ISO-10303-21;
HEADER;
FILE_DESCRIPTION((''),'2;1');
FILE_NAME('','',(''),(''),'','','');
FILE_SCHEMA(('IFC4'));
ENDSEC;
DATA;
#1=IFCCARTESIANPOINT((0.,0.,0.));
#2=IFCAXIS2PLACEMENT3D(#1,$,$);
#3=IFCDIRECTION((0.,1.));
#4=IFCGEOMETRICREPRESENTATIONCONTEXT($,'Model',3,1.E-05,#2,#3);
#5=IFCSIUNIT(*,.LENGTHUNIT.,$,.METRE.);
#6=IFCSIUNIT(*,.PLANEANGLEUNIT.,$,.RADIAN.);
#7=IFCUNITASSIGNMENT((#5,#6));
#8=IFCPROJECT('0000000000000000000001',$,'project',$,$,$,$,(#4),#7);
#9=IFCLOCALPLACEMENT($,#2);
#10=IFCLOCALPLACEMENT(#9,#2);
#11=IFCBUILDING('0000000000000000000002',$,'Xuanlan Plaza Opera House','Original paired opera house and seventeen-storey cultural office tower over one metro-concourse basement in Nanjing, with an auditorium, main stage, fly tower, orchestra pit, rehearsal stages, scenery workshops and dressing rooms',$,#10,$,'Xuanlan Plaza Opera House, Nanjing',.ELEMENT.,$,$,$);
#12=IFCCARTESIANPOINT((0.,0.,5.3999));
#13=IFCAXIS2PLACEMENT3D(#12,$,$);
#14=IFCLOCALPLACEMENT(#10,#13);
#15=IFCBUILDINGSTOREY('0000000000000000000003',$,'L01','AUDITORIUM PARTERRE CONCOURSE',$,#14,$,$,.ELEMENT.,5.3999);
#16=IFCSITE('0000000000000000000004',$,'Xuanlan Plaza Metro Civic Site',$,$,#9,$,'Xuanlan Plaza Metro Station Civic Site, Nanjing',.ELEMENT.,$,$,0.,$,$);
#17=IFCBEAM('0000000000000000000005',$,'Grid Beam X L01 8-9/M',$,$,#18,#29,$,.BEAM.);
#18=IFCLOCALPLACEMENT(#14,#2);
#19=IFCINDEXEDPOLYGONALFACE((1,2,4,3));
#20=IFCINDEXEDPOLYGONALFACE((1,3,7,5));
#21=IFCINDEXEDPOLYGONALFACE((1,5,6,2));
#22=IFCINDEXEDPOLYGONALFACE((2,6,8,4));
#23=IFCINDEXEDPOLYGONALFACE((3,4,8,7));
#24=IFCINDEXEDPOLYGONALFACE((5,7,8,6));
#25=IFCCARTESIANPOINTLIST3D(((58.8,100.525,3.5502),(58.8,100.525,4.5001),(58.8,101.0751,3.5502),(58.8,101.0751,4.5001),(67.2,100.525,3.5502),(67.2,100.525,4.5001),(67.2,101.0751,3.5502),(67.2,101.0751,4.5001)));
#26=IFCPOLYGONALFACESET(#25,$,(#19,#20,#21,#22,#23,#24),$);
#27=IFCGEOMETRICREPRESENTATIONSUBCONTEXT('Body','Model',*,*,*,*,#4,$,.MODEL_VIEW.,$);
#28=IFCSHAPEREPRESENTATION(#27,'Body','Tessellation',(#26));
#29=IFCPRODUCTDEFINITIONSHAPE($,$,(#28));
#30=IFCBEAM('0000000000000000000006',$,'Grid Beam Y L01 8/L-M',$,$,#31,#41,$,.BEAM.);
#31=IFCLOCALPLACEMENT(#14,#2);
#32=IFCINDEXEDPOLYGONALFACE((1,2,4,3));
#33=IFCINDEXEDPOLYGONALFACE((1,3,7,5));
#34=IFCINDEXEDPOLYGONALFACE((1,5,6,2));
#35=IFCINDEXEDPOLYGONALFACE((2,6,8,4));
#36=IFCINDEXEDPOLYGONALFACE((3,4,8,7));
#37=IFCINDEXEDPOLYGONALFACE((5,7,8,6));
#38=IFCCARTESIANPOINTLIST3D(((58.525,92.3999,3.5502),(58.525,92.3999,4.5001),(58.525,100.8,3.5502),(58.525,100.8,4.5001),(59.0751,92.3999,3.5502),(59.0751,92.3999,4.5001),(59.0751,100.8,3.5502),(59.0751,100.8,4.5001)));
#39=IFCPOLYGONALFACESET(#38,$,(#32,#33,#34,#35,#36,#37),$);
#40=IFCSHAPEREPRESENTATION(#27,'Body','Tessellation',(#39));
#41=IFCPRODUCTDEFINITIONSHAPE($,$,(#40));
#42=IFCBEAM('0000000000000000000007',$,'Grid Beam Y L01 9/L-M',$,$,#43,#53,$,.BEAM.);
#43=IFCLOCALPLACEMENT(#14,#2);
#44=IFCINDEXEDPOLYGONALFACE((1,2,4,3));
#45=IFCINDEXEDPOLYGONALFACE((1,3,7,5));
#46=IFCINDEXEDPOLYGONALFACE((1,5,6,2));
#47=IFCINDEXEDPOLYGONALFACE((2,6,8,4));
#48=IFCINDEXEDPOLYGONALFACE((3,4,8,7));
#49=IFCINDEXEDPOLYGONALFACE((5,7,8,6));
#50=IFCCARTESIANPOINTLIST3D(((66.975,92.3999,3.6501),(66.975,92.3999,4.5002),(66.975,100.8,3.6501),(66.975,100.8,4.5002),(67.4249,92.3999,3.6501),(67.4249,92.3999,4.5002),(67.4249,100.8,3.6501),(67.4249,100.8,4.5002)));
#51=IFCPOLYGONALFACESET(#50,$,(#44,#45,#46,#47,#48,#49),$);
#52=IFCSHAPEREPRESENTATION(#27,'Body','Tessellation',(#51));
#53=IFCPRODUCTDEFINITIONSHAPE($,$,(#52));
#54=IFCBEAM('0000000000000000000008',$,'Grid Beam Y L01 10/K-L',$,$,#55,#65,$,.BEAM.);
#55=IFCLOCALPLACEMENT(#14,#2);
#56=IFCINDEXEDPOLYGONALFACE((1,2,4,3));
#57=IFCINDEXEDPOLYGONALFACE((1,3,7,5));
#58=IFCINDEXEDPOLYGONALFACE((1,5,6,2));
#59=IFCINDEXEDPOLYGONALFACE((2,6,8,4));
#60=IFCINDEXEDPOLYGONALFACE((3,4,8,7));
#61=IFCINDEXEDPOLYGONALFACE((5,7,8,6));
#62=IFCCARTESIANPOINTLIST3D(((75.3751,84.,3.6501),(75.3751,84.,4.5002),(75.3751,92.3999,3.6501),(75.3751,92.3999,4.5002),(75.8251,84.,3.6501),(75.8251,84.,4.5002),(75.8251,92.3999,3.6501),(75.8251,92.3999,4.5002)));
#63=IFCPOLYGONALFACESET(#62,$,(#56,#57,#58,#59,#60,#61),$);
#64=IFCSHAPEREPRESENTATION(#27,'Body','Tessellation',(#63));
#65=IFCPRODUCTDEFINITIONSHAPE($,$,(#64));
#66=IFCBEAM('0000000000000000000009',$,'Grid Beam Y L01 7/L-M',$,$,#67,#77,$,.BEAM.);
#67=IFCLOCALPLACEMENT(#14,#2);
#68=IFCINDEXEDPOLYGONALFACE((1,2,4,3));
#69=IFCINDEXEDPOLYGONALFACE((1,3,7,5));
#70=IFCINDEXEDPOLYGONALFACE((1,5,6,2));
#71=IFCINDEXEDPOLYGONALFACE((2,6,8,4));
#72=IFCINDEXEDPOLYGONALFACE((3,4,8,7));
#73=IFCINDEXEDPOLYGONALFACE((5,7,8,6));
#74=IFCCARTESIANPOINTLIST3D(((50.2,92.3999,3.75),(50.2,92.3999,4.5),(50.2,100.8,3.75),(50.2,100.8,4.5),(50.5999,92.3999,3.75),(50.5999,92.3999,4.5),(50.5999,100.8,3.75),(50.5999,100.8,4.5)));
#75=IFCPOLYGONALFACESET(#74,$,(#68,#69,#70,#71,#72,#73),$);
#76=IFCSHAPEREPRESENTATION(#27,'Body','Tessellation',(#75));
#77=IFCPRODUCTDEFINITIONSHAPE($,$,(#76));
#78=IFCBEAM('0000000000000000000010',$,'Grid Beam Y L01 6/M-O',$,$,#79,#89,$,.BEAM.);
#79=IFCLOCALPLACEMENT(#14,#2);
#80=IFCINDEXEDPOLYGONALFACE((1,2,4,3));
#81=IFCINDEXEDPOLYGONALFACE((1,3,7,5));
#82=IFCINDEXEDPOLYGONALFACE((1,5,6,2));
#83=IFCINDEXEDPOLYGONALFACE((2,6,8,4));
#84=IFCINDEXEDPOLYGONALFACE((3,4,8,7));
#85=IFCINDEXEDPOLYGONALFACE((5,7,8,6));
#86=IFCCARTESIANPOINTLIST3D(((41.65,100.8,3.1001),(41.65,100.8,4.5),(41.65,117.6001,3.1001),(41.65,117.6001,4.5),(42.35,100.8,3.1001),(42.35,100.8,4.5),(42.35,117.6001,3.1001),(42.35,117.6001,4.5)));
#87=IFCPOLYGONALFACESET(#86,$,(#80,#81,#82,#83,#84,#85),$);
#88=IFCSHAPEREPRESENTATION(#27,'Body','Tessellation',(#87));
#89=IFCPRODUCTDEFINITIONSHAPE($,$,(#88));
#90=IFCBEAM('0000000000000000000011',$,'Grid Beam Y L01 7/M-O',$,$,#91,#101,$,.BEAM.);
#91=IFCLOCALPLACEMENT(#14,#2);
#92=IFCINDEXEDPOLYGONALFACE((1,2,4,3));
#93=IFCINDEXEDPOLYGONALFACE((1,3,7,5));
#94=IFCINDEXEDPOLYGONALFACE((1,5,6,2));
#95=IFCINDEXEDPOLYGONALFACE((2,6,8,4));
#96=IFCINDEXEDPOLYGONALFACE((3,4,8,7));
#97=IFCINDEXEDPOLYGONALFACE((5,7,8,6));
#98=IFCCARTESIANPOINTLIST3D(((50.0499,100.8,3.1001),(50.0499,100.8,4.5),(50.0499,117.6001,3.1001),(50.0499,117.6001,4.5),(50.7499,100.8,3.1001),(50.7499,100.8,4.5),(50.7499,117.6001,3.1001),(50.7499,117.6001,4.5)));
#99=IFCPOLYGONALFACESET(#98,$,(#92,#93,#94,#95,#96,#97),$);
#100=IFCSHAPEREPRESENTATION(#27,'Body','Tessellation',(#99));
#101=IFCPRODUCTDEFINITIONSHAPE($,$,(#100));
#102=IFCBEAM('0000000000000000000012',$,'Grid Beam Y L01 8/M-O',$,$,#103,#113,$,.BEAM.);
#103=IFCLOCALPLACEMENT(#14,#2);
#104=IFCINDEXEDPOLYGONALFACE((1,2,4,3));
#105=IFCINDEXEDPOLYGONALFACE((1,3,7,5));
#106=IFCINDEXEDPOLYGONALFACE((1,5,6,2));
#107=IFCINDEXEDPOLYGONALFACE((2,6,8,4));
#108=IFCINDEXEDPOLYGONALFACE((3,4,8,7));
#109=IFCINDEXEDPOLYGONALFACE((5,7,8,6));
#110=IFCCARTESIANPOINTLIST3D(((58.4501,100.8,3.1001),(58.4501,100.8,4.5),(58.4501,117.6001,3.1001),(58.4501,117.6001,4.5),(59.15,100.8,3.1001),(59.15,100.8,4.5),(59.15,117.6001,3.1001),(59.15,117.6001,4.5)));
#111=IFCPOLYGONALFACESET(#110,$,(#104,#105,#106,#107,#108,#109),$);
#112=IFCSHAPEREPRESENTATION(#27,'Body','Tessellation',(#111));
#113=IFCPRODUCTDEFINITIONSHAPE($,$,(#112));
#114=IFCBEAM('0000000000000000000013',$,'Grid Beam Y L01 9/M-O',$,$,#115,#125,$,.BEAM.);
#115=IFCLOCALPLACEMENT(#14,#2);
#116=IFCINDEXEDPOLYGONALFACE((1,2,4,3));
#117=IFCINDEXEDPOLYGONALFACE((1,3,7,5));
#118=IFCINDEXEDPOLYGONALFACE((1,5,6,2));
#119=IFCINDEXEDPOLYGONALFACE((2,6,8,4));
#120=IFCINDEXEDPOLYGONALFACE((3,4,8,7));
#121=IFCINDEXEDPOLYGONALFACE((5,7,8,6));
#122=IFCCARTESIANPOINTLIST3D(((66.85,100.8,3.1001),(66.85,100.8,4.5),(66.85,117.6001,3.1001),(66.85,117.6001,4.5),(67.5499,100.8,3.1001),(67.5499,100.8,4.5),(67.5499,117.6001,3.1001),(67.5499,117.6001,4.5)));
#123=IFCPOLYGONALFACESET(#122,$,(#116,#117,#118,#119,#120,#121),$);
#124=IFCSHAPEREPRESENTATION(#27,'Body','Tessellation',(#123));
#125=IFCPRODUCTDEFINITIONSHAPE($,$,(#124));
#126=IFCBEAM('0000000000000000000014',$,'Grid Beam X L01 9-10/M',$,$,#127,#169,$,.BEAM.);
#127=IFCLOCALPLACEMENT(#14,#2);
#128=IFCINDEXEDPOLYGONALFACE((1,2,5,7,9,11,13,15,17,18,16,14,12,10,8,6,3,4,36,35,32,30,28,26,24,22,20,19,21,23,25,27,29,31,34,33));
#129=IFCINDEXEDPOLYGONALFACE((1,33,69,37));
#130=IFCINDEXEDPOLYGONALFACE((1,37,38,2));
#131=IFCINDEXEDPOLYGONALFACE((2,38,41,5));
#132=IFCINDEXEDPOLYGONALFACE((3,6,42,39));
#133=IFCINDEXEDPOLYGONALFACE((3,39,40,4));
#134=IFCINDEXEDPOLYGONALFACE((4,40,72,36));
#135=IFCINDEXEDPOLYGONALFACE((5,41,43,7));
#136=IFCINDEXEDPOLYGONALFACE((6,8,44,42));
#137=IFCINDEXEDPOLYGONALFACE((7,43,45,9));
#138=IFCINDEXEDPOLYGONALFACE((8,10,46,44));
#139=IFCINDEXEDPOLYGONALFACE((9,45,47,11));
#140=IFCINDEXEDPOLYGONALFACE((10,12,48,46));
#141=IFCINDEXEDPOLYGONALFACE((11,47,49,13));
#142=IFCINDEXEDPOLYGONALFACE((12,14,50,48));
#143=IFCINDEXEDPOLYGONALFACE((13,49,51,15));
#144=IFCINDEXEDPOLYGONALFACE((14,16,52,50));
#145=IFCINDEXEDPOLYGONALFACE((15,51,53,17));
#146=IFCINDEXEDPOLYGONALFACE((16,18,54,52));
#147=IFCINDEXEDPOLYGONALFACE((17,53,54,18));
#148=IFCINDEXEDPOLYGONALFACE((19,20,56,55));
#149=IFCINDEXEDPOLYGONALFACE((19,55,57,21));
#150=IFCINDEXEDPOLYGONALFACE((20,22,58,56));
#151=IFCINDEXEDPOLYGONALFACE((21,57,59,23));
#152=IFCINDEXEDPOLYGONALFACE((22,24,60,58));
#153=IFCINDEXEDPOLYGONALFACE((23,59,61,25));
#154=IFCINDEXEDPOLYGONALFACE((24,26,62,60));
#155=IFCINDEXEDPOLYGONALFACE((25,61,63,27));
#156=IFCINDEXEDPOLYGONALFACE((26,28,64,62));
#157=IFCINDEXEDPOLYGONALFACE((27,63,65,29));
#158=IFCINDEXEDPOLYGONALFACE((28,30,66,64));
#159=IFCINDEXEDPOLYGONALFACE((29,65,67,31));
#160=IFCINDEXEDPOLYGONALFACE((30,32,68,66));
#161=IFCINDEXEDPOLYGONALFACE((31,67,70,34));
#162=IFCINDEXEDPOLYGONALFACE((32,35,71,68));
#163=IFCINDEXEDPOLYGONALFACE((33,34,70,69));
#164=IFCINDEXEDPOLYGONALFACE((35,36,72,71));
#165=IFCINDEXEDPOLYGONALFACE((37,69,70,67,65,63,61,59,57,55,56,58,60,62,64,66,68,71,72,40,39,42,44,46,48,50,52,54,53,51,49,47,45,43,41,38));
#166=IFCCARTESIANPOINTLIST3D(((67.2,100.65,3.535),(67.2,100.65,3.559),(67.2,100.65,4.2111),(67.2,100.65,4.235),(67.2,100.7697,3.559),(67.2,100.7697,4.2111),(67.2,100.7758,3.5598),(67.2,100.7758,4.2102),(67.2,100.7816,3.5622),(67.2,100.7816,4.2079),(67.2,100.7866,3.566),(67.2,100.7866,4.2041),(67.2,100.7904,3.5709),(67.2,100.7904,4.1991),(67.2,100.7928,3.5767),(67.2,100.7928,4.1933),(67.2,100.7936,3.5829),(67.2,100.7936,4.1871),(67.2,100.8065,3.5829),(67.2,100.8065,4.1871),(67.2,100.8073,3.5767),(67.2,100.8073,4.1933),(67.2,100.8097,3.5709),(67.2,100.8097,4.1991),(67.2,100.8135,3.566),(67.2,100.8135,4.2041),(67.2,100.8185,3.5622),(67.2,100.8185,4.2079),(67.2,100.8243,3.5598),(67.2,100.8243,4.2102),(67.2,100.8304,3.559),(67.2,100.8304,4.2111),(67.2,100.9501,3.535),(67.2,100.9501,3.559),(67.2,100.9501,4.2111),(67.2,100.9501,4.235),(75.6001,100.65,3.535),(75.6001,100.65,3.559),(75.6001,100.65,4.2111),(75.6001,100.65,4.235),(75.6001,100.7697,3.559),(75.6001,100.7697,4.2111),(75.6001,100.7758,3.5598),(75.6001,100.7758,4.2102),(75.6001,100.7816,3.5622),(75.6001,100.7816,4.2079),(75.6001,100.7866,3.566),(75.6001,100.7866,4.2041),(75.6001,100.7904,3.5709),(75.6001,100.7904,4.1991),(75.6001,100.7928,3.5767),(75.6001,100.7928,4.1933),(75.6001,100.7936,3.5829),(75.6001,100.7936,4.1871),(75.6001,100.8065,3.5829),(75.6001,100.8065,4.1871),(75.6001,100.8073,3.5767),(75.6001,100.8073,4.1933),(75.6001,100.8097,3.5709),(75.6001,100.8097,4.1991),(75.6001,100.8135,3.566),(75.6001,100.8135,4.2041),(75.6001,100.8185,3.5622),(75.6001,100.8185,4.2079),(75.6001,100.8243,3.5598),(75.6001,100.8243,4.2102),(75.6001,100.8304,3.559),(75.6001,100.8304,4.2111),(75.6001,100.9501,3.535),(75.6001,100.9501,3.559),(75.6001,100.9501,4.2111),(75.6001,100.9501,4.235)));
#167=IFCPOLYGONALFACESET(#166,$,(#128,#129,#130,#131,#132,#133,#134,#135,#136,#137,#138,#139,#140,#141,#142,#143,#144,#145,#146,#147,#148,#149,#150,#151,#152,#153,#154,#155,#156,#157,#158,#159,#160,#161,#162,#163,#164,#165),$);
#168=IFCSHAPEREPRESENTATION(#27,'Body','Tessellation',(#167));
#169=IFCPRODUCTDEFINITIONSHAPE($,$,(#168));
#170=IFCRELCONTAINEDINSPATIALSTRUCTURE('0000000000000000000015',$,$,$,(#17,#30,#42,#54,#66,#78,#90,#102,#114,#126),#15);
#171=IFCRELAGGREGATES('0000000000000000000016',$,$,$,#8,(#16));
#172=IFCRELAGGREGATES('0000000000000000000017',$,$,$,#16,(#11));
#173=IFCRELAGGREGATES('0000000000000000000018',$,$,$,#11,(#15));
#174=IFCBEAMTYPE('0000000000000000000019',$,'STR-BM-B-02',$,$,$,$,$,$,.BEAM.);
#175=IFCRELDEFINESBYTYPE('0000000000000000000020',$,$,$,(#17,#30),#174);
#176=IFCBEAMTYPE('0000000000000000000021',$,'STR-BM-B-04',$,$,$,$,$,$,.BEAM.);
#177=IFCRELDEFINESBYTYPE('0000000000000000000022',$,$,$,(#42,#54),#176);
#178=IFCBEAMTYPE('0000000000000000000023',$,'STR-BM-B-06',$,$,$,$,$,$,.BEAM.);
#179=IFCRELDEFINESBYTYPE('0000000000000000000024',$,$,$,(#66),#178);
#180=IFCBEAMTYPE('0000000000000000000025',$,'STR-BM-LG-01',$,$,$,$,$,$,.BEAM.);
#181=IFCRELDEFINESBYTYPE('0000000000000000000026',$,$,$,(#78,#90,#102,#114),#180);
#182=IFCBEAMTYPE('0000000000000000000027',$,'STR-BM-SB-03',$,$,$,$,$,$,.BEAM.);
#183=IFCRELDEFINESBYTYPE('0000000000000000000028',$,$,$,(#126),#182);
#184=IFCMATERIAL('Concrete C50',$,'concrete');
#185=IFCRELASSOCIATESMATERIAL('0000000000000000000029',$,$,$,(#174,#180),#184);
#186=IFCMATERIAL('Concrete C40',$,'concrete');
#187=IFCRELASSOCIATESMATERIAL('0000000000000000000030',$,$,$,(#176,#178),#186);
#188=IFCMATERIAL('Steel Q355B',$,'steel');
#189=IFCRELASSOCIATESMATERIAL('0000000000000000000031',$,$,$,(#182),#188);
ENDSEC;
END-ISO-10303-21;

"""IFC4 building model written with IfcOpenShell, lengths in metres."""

from ifc_helpers import new_model, si_unit, direction, frame, origin, origin_2d, place, context, subcontext, project, spatial, rectangle, i_section, extrude, material, material_profile, profile_set, type_object, element, save


model = new_model("IFC4")

# Units and contexts
model_context = context("Model", 3, precision=1e-05, world=origin(), true_north=direction((0.0, 1.0)))
body_context = subcontext(model_context, "Body", "Model", "MODEL_VIEW")
ifc_project = project(units=[si_unit("LENGTHUNIT", "METRE"), si_unit("PLANEANGLEUNIT", "RADIAN")], contexts=[model_context])

# Site, building, storey
site_placement = place(None, origin())
site = spatial("IfcSite", under=ifc_project, at=site_placement, Name="Xuanlan Plaza Metro Civic Site", LongName="Xuanlan Plaza Metro Station Civic Site, Nanjing", CompositionType="ELEMENT", RefElevation=0.0)
building_placement = place(site_placement, origin())
building = spatial("IfcBuilding", under=site, at=building_placement, Name="Xuanlan Plaza Opera House", Description="Original paired opera house and seventeen-storey cultural office tower over one metro-concourse basement in Nanjing, with an auditorium, main stage, fly tower, orchestra pit, rehearsal stages, scenery workshops and dressing rooms", LongName="Xuanlan Plaza Opera House, Nanjing", CompositionType="ELEMENT")
storey_placement = place(building_placement, frame((0.0, 0.0, 5.3999)))
storey = spatial("IfcBuildingStorey", under=building, at=storey_placement, Name="L01", Description="AUDITORIUM PARTERRE CONCOURSE", CompositionType="ELEMENT", Elevation=5.3999)

# Shared definitions
ifc_material_1 = material(Name="Concrete C40", Category="concrete")

# Beams
ifc_material_2 = material(Name="Concrete C50", Category="concrete")
ifc_material_profile_1 = material_profile(ifc_material_2, rectangle(XDim=0.55, YDim=0.95, at=origin_2d()), Name="RC-BM 550x950")
ifc_profile_set_1 = profile_set([ifc_material_profile_1], Name="Concrete C50")
beam_type_1 = type_object("IfcBeamType", Name="STR-BM-B-02", PredefinedType="BEAM", material=ifc_profile_set_1)
beam_1_placement = place(storey_placement, frame((58.8, 100.8, 4.0251), z_axis=(1.0, 0.0, 0.0), x_axis=(0.0, 1.0, 0.0)))
element("IfcBeam", 1, at=beam_1_placement, inside=storey, type_object=beam_type_1, Name="Grid Beam X L01 8-9/M", PredefinedType="BEAM", context=body_context, shape_type="SweptSolid", body=[
    extrude(rectangle(XDim=0.55, YDim=0.95, at=origin_2d()), origin(), (0.0, 0.0, 1.0), 8.3999),
])
beam_2_placement = place(storey_placement, frame((58.8, 92.3999, 4.0251), z_axis=(0.0, 1.0, 0.0), x_axis=(-1.0, 0.0, 0.0)))
element("IfcBeam", 2, at=beam_2_placement, inside=storey, type_object=beam_type_1, Name="Grid Beam Y L01 8/L-M", PredefinedType="BEAM", context=body_context, shape_type="SweptSolid", body=[
    extrude(rectangle(XDim=0.55, YDim=0.95, at=origin_2d()), origin(), (0.0, 0.0, 1.0), 8.4001),
])
ifc_material_profile_2 = material_profile(ifc_material_1, rectangle(XDim=0.45, YDim=0.8501, at=origin_2d()), Name="RC-BM 450x850")
ifc_profile_set_2 = profile_set([ifc_material_profile_2], Name="Concrete C40")
beam_type_2 = type_object("IfcBeamType", Name="STR-BM-B-04", PredefinedType="BEAM", material=ifc_profile_set_2)
beam_3_placement = place(storey_placement, frame((67.2, 92.3999, 4.0752), z_axis=(0.0, 1.0, 0.0), x_axis=(-1.0, 0.0, 0.0)))
element("IfcBeam", 3, at=beam_3_placement, inside=storey, type_object=beam_type_2, Name="Grid Beam Y L01 9/L-M", PredefinedType="BEAM", context=body_context, shape_type="SweptSolid", body=[
    extrude(rectangle(XDim=0.45, YDim=0.8501, at=origin_2d()), origin(), (0.0, 0.0, 1.0), 8.4001),
])
beam_4_placement = place(storey_placement, frame((75.6001, 84.0, 4.0752), z_axis=(0.0, 1.0, 0.0), x_axis=(-1.0, 0.0, 0.0)))
element("IfcBeam", 4, at=beam_4_placement, inside=storey, type_object=beam_type_2, Name="Grid Beam Y L01 10/K-L", PredefinedType="BEAM", context=body_context, shape_type="SweptSolid", body=[
    extrude(rectangle(XDim=0.45, YDim=0.8501, at=origin_2d()), origin(), (0.0, 0.0, 1.0), 8.3999),
])
ifc_material_profile_3 = material_profile(ifc_material_1, rectangle(XDim=0.3999, YDim=0.75, at=origin_2d()), Name="RC-BM 400x750")
ifc_profile_set_3 = profile_set([ifc_material_profile_3], Name="Concrete C40")
beam_type_3 = type_object("IfcBeamType", Name="STR-BM-B-06", PredefinedType="BEAM", material=ifc_profile_set_3)
beam_5_placement = place(storey_placement, frame((50.3999, 92.3999, 4.125), z_axis=(0.0, 1.0, 0.0), x_axis=(-1.0, 0.0, 0.0)))
element("IfcBeam", 5, at=beam_5_placement, inside=storey, type_object=beam_type_3, Name="Grid Beam Y L01 7/L-M", PredefinedType="BEAM", context=body_context, shape_type="SweptSolid", body=[
    extrude(rectangle(XDim=0.3999, YDim=0.75, at=origin_2d()), origin(), (0.0, 0.0, 1.0), 8.4001),
])
ifc_material_profile_4 = material_profile(ifc_material_2, rectangle(XDim=0.7, YDim=1.3999, at=origin_2d()), Name="RC-LG 700x1400")
ifc_profile_set_4 = profile_set([ifc_material_profile_4], Name="Concrete C50")
beam_type_4 = type_object("IfcBeamType", Name="STR-BM-LG-01", PredefinedType="BEAM", material=ifc_profile_set_4)
for number, where, z_axis, x_axis, name in (
    (6, (42.0, 100.8, 3.8), (0.0, 1.0, 0.0), (-1.0, 0.0, 0.0), "Grid Beam Y L01 6/M-O"),
    (7, (50.3999, 100.8, 3.8), (0.0, 1.0, 0.0), (-1.0, 0.0, 0.0), "Grid Beam Y L01 7/M-O"),
    (8, (58.8, 100.8, 3.8), (0.0, 1.0, 0.0), (-1.0, 0.0, 0.0), "Grid Beam Y L01 8/M-O"),
    (9, (67.2, 100.8, 3.8), (0.0, 1.0, 0.0), (-1.0, 0.0, 0.0), "Grid Beam Y L01 9/M-O"),
):
    element("IfcBeam", number, at=place(storey_placement, frame(where, z_axis=z_axis, x_axis=x_axis)), inside=storey, type_object=beam_type_4, Name=name, PredefinedType="BEAM", context=body_context, shape_type="SweptSolid", body=[
        extrude(rectangle(XDim=0.7, YDim=1.3999, at=origin_2d()), origin(), (0.0, 0.0, 1.0), 16.8),
    ])
ifc_material_3 = material(Name="Steel Q355B", Category="steel")
ifc_material_profile_5 = material_profile(ifc_material_3, i_section(OverallWidth=0.3, OverallDepth=0.7, WebThickness=0.0129, FlangeThickness=0.0239, FilletRadius=0.0239, at=origin_2d()), Name="HN 700x300x13x24")
ifc_profile_set_5 = profile_set([ifc_material_profile_5], Name="Steel Q355B")
beam_type_5 = type_object("IfcBeamType", Name="STR-BM-SB-03", PredefinedType="BEAM", material=ifc_profile_set_5)
beam_6_placement = place(storey_placement, frame((67.2, 100.8, 3.885), z_axis=(1.0, 0.0, 0.0), x_axis=(0.0, 1.0, 0.0)))
element("IfcBeam", 10, at=beam_6_placement, inside=storey, type_object=beam_type_5, Name="Grid Beam X L01 9-10/M", PredefinedType="BEAM", context=body_context, shape_type="SweptSolid", body=[
    extrude(i_section(OverallWidth=0.3, OverallDepth=0.7, WebThickness=0.0129, FlangeThickness=0.0239, FilletRadius=0.0239, at=origin_2d()), origin(), (0.0, 0.0, 1.0), 8.4001),
])

save(model, "model.ifc")
